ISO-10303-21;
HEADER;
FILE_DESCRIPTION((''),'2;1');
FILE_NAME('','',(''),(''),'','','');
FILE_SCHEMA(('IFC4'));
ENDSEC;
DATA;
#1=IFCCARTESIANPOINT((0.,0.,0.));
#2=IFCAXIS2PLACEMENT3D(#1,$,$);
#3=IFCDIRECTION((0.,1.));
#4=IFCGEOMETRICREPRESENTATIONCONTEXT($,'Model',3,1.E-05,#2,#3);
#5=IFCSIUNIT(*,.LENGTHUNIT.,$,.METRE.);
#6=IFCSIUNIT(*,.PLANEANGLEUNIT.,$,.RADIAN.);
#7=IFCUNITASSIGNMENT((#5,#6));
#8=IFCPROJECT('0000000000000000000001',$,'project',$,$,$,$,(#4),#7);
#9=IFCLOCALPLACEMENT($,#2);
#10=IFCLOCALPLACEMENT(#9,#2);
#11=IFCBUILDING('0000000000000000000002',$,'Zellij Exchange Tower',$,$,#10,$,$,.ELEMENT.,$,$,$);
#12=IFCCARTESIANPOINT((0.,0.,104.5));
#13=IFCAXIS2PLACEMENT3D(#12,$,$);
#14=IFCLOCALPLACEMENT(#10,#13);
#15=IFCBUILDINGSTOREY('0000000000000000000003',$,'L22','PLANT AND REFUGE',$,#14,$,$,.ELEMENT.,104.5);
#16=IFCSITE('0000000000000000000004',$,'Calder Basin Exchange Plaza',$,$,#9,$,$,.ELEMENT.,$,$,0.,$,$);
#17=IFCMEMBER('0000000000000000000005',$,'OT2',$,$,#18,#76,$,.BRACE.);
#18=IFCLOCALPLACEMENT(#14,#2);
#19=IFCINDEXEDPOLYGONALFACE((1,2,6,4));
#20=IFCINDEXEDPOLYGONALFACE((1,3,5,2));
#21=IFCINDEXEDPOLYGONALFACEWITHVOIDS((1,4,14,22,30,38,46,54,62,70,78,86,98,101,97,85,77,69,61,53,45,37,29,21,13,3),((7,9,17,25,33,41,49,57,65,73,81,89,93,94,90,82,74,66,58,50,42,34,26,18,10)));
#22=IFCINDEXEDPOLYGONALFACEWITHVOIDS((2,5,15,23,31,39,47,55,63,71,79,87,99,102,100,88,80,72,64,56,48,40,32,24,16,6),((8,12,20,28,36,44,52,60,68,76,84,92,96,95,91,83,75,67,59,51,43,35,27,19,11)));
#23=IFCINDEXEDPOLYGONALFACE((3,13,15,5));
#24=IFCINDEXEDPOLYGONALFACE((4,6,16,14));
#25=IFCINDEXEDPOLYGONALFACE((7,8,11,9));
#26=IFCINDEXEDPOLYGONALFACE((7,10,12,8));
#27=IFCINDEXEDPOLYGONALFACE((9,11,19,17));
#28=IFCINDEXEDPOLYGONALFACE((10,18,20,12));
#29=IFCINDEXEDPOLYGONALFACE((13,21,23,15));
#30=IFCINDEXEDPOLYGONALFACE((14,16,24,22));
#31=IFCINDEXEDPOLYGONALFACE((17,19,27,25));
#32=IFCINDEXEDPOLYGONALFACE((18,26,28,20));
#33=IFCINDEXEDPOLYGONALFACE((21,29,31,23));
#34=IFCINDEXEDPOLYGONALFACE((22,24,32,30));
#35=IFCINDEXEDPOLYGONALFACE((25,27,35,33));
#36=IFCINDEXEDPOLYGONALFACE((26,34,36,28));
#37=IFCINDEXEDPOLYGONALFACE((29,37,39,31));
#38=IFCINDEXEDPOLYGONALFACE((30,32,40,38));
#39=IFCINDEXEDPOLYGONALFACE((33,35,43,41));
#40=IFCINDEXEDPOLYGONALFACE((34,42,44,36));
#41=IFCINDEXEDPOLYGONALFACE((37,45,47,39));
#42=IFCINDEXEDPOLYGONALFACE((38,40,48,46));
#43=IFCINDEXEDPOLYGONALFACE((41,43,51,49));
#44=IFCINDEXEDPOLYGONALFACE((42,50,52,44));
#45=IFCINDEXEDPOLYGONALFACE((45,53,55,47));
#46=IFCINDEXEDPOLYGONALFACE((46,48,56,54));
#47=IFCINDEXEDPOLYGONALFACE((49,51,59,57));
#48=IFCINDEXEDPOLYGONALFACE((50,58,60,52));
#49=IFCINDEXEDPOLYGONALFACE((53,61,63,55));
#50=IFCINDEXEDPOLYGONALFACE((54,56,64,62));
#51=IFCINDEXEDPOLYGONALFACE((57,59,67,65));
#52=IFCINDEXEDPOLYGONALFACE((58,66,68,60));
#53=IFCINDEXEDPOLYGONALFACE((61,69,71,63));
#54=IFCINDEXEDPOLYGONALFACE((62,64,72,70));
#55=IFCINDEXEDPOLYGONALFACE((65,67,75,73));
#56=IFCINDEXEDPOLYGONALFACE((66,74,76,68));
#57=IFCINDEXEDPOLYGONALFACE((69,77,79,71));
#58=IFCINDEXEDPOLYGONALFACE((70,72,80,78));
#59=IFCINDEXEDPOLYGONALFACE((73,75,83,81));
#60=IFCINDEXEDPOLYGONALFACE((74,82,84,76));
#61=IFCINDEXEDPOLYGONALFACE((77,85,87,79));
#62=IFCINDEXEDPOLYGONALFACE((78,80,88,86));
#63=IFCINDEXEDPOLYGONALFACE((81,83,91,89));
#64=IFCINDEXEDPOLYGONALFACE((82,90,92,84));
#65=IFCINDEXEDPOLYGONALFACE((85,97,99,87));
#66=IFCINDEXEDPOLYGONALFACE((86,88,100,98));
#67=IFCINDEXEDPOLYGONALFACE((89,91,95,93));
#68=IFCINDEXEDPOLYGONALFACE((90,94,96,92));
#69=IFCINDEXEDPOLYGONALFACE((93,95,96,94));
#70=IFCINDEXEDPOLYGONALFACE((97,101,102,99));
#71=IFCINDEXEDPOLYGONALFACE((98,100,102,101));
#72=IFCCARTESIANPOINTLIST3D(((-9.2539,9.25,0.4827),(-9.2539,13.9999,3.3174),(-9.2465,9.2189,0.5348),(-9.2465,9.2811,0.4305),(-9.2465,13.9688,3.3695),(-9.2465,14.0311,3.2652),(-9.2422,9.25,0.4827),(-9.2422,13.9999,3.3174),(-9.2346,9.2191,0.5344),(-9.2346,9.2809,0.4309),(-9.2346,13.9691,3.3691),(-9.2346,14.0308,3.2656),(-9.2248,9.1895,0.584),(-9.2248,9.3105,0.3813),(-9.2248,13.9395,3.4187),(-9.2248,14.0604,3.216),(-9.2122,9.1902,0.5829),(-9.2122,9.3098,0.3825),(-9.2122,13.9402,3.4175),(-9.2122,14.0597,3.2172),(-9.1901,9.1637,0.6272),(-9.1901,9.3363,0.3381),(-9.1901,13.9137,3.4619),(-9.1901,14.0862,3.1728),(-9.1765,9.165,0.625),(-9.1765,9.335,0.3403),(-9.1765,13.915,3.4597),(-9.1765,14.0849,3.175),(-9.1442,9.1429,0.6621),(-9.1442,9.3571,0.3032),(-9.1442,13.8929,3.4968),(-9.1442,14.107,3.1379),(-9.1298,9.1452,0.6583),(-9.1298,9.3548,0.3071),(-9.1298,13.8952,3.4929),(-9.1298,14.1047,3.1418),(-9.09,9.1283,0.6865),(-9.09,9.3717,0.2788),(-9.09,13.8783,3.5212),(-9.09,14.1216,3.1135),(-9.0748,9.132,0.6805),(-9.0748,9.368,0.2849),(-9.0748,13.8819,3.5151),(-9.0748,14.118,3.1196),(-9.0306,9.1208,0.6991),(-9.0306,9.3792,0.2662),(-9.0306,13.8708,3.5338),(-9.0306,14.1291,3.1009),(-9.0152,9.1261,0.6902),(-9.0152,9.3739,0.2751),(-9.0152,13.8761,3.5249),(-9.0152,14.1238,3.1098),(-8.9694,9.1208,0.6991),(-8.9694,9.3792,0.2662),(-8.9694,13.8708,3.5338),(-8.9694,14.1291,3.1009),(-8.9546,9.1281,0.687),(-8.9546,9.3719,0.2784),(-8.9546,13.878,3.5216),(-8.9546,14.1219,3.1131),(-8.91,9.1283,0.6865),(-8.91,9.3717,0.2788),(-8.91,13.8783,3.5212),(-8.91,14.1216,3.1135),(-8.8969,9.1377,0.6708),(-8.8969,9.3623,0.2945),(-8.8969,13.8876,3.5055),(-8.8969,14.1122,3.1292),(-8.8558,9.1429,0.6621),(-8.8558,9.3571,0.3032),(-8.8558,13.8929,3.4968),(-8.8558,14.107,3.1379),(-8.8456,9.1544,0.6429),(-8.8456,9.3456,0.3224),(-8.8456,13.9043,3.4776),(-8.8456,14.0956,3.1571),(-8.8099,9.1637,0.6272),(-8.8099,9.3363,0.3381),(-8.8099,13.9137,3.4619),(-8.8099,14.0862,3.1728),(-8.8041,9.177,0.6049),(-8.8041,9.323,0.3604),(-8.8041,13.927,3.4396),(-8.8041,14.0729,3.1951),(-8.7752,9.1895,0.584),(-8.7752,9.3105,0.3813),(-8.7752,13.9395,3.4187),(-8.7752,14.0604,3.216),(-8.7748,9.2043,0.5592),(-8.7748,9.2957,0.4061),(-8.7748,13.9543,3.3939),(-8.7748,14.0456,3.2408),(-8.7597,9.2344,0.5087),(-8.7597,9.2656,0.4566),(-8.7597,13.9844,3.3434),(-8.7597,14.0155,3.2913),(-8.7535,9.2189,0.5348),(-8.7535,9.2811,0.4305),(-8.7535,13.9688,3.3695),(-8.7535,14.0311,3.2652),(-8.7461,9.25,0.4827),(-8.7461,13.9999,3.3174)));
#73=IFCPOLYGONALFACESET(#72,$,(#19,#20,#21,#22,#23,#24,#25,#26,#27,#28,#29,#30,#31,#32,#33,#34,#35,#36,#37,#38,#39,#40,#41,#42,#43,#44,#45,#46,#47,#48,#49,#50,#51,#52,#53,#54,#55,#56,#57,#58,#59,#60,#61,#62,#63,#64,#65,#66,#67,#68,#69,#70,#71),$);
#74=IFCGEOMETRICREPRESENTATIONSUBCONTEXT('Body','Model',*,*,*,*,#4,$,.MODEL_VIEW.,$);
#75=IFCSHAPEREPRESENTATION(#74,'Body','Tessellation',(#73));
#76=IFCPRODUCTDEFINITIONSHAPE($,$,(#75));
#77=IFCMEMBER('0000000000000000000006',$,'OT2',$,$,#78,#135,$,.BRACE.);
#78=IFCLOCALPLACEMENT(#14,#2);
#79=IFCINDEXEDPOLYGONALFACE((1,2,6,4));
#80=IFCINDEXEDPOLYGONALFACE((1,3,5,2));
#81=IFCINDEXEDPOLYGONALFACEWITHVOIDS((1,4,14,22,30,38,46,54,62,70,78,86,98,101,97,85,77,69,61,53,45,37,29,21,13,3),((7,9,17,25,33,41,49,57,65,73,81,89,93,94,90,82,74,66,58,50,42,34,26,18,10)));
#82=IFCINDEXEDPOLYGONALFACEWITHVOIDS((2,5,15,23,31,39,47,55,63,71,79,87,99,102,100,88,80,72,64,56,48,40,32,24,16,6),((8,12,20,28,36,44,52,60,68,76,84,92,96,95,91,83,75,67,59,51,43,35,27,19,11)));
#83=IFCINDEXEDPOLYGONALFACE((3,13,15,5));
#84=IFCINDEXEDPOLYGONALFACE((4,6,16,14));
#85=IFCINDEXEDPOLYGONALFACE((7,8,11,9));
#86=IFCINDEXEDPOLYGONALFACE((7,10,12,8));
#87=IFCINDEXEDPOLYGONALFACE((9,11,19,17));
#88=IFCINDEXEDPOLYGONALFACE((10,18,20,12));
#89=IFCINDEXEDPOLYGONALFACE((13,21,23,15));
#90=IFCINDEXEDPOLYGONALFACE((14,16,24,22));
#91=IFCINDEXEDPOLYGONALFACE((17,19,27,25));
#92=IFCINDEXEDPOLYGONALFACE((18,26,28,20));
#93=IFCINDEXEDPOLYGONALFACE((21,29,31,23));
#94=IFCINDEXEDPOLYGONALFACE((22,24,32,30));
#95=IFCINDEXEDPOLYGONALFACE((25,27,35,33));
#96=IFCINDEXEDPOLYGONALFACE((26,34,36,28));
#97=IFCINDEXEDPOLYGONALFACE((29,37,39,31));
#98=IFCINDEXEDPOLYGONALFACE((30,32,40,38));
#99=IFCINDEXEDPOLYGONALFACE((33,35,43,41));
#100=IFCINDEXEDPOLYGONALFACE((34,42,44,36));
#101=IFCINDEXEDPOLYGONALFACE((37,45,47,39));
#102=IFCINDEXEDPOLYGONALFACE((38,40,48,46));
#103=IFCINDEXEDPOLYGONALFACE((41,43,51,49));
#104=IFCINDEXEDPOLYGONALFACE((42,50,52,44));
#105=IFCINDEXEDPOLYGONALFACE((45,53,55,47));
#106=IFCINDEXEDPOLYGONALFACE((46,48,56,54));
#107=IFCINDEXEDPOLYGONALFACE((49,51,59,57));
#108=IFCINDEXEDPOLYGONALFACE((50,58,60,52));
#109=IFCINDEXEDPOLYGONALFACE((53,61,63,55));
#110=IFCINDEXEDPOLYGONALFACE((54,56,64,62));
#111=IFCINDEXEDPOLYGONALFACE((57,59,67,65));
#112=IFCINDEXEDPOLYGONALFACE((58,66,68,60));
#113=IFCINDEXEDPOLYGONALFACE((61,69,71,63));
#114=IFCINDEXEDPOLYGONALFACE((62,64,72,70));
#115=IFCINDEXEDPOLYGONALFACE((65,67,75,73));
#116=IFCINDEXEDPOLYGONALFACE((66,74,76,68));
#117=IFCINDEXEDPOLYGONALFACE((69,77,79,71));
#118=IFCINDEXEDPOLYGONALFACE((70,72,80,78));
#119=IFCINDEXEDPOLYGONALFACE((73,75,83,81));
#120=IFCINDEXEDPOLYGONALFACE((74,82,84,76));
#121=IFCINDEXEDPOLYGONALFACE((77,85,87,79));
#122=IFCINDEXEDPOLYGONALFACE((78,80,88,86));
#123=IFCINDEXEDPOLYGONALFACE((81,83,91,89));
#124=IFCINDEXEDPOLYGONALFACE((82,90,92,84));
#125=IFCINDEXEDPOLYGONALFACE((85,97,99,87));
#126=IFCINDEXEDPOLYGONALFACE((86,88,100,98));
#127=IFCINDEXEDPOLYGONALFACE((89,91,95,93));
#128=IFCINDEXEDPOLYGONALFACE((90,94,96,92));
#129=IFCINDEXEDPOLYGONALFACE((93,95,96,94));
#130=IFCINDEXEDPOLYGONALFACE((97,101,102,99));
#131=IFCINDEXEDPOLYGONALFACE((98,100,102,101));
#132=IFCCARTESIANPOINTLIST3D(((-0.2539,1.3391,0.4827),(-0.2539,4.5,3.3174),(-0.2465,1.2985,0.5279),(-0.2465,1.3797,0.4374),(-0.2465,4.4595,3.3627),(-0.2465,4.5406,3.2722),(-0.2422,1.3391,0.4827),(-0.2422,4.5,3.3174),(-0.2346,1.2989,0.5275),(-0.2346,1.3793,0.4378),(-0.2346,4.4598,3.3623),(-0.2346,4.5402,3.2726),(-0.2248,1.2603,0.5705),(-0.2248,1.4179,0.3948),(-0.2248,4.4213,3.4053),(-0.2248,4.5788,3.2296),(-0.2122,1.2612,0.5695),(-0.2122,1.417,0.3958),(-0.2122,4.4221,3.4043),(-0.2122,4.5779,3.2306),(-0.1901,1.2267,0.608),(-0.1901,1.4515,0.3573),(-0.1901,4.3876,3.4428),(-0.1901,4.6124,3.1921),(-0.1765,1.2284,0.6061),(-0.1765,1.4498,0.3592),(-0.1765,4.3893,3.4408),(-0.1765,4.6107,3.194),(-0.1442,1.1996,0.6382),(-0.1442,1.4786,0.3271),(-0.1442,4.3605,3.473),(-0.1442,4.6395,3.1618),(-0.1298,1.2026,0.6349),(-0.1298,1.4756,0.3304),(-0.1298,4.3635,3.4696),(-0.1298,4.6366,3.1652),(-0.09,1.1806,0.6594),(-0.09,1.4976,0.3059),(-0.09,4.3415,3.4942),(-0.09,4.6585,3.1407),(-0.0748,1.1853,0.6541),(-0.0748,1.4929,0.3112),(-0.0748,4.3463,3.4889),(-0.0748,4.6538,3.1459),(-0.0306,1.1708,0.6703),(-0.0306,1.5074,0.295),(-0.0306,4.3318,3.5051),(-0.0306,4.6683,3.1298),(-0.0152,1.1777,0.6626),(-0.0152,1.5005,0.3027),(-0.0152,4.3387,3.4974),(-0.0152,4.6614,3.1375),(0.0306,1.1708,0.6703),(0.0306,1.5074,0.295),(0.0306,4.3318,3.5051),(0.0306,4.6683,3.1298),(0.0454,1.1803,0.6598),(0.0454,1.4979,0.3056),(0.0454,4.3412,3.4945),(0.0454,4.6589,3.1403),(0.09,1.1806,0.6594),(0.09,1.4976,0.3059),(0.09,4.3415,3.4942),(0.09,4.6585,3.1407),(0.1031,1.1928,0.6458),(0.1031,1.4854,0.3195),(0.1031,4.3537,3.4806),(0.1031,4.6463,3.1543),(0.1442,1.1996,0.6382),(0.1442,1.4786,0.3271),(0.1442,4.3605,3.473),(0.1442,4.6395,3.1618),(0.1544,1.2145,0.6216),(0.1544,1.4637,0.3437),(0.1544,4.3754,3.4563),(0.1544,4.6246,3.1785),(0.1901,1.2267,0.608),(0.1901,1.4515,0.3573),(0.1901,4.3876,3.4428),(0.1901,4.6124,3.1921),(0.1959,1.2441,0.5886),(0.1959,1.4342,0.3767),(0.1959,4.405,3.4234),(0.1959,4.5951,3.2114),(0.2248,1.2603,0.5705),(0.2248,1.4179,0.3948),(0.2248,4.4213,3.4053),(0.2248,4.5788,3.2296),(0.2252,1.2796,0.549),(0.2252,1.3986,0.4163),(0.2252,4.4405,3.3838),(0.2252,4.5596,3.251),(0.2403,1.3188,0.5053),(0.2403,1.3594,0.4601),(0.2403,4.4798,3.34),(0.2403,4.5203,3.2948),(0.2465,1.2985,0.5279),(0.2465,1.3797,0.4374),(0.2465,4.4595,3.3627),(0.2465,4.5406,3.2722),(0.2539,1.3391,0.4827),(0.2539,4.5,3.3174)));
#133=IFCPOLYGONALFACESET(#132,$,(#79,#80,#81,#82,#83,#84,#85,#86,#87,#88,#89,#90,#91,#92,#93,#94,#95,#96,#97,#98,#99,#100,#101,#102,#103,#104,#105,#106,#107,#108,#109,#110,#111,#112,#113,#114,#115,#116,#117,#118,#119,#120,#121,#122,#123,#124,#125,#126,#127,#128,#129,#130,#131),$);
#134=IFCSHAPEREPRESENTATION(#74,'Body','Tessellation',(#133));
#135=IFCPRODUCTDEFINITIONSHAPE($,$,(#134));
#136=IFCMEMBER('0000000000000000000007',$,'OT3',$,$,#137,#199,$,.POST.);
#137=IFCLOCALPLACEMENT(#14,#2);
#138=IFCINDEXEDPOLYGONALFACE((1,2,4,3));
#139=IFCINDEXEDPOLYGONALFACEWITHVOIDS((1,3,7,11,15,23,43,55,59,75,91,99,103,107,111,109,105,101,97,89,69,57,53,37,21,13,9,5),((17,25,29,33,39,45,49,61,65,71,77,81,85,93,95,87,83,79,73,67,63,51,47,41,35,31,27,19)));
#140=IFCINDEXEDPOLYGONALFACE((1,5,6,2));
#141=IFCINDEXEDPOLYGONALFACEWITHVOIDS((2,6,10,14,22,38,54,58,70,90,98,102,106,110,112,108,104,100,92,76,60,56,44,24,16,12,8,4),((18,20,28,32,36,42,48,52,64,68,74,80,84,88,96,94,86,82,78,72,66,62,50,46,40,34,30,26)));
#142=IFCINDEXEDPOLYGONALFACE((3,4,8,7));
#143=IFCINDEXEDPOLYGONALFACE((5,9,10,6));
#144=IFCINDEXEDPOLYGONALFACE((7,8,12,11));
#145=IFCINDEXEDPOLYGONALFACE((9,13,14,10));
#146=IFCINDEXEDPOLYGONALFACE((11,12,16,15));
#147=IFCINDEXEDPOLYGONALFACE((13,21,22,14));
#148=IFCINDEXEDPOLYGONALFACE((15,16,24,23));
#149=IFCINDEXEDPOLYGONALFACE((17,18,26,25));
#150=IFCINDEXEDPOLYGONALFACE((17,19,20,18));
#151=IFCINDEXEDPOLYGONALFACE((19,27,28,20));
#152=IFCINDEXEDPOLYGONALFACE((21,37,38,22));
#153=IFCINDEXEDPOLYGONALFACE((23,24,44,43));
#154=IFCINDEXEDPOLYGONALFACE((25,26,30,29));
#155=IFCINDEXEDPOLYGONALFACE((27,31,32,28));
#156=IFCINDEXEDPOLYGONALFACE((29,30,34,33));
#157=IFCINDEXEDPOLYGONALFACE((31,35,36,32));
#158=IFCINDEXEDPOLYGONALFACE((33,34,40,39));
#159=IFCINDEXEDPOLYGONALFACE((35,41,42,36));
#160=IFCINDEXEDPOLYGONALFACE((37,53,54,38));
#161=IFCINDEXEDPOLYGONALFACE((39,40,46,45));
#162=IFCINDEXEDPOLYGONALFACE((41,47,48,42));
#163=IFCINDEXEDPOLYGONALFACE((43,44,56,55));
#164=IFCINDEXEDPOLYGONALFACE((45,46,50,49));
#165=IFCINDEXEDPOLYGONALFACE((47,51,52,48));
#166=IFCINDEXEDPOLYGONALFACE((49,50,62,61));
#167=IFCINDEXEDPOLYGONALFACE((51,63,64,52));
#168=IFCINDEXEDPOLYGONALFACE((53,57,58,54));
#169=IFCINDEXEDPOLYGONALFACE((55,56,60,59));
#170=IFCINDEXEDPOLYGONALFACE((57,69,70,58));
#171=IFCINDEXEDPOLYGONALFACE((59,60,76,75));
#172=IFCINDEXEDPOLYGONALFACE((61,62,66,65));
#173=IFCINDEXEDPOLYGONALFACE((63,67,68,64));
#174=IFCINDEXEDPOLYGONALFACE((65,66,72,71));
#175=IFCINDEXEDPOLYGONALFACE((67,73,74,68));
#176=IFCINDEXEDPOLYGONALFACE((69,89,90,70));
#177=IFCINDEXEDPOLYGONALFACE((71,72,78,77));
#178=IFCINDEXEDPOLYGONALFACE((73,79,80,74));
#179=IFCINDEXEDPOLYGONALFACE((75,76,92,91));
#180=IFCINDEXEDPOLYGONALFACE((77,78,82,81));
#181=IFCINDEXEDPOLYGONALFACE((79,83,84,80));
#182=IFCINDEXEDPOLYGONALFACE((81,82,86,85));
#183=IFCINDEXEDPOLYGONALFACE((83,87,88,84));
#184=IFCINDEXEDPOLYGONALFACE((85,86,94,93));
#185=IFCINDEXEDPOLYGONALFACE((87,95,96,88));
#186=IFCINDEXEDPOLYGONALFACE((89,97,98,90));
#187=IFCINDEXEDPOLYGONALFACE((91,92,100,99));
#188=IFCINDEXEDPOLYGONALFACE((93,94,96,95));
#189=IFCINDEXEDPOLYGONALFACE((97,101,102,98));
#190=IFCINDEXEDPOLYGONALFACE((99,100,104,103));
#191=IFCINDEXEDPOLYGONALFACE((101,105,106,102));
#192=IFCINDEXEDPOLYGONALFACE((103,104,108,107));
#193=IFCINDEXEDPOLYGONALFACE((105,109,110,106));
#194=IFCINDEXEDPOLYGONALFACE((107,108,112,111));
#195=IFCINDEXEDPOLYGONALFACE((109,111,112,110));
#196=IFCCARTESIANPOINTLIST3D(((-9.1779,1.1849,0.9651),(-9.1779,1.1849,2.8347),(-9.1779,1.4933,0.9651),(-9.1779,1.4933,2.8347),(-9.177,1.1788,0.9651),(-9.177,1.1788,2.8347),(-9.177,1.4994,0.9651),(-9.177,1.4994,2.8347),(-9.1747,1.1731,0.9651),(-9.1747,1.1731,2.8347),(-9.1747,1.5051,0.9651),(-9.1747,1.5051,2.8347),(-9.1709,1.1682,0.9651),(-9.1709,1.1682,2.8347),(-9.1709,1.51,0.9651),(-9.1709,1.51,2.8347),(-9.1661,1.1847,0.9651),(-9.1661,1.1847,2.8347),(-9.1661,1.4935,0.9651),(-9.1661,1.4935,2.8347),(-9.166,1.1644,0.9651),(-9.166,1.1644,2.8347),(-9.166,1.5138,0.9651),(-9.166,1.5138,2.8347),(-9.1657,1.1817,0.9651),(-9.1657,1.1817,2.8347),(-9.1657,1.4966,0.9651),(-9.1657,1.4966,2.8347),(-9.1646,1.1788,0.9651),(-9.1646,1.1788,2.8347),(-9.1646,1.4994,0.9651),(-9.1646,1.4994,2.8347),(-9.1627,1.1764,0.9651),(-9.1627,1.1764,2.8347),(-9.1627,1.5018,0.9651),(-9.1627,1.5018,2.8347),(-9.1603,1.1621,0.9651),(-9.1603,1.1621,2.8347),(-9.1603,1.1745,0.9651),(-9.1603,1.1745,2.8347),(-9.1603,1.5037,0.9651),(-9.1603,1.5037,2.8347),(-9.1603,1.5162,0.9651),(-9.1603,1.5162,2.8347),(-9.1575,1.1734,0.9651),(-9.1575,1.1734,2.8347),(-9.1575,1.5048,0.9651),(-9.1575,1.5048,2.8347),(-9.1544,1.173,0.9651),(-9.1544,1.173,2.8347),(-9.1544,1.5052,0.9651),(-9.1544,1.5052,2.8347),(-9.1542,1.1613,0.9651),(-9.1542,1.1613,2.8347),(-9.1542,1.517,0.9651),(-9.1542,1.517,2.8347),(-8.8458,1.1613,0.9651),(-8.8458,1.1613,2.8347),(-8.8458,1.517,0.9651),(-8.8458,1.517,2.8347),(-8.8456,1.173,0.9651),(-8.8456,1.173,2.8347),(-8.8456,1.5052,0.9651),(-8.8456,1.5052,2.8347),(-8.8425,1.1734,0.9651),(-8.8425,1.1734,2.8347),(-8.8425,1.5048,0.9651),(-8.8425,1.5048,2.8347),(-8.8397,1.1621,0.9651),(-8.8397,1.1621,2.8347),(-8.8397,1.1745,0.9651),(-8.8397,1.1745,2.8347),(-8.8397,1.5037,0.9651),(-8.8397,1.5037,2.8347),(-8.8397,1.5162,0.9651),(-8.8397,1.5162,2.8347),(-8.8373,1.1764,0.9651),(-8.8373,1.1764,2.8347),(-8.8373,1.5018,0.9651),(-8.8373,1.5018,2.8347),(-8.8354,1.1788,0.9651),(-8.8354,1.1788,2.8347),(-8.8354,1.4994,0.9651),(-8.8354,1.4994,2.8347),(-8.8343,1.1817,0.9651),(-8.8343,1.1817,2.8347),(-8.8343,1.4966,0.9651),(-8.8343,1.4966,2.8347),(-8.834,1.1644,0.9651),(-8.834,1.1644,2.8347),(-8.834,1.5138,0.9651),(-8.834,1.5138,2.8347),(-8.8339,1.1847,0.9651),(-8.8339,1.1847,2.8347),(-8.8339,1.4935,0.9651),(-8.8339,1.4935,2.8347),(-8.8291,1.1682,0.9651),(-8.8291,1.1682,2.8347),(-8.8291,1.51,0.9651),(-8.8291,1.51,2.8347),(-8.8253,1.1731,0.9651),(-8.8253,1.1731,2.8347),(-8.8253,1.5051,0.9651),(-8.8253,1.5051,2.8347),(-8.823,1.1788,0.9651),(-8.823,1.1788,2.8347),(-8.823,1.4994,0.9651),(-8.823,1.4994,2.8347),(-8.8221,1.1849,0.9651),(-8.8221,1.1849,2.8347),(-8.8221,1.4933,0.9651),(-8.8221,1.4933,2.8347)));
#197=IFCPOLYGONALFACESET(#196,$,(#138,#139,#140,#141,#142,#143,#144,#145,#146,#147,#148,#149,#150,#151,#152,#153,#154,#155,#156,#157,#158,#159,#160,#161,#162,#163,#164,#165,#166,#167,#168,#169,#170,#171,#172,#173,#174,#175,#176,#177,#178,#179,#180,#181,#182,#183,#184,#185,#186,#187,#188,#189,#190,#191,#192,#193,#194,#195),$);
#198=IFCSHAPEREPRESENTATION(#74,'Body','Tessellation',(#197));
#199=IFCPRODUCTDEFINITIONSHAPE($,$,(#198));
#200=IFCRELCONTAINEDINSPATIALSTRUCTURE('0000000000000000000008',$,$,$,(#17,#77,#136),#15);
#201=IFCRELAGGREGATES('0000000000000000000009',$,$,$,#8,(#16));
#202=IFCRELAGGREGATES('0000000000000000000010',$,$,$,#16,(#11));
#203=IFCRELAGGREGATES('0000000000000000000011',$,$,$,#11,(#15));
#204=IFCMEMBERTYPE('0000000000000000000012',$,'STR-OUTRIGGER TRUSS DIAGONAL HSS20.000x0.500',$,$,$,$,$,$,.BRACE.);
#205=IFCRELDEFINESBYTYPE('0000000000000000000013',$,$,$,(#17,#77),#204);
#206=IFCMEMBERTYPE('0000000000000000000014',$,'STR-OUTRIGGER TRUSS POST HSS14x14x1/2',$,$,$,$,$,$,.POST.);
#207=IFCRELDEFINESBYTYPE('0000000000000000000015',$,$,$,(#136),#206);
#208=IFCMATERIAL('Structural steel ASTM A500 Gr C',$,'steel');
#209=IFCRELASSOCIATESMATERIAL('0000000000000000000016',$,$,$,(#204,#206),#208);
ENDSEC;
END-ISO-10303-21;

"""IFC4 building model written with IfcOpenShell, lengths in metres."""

from ifc_helpers import new_model, si_unit, direction, frame, origin, origin_2d, place, context, subcontext, project, spatial, hollow_rectangle, hollow_circle, extrude, material, material_profile, profile_set, type_object, element, save


model = new_model("IFC4")

# Units and contexts
model_context = context("Model", 3, precision=1e-05, world=origin(), true_north=direction((0.0, 1.0)))
body_context = subcontext(model_context, "Body", "Model", "MODEL_VIEW")
ifc_project = project(units=[si_unit("LENGTHUNIT", "METRE"), si_unit("PLANEANGLEUNIT", "RADIAN")], contexts=[model_context])

# Site, building, storey
site_placement = place(None, origin())
site = spatial("IfcSite", under=ifc_project, at=site_placement, Name="Calder Basin Exchange Plaza", CompositionType="ELEMENT", RefElevation=0.0)
building_placement = place(site_placement, origin())
building = spatial("IfcBuilding", under=site, at=building_placement, Name="Zellij Exchange Tower", CompositionType="ELEMENT")
storey_placement = place(building_placement, frame((0.0, 0.0, 104.5)))
storey = spatial("IfcBuildingStorey", under=building, at=storey_placement, Name="L22", Description="PLANT AND REFUGE", CompositionType="ELEMENT", Elevation=104.5)

# Members
ifc_material_1 = material(Name="Structural steel ASTM A500 Gr C", Category="steel")
ifc_material_profile_1 = material_profile(ifc_material_1, hollow_circle(Radius=0.2539, WallThickness=0.0117, at=origin_2d()), Name="STR-OUTRIGGER TRUSS DIAGONAL HSS20.000x0.500")
ifc_profile_set_1 = profile_set([ifc_material_profile_1], Name="Structural steel ASTM A500 Gr C")
member_type_1 = type_object("IfcMemberType", Name="STR-OUTRIGGER TRUSS DIAGONAL HSS20.000x0.500", PredefinedType="BRACE", material=ifc_profile_set_1)
for number, where, z_axis, x_axis, name in (
    (1, (-9.0, 9.25, 0.4827), (0.0, 0.858709, 0.512463), (-1.0, 0.0, 0.0), "OT2"),
):
    element("IfcMember", number, at=place(storey_placement, frame(where, z_axis=z_axis, x_axis=x_axis)), inside=storey, type_object=member_type_1, Name=name, PredefinedType="BRACE", context=body_context, shape_type="SweptSolid", body=[
        extrude(hollow_circle(Radius=0.2539, WallThickness=0.0117, at=origin_2d()), origin(), (0.0, 0.0, 1.0), 5.5315),
    ])
member_1_placement = place(storey_placement, frame((0.0, 1.3391, 0.4827), z_axis=(0.0, 0.744474, 0.667652), x_axis=(-1.0, 0.0, 0.0)))
element("IfcMember", 2, at=member_1_placement, inside=storey, type_object=member_type_1, Name="OT2", PredefinedType="BRACE", context=body_context, shape_type="SweptSolid", body=[
    extrude(hollow_circle(Radius=0.2539, WallThickness=0.0117, at=origin_2d()), origin(), (0.0, 0.0, 1.0), 4.2458),
])
ifc_material_profile_2 = material_profile(ifc_material_1, hollow_rectangle(XDim=0.3557, YDim=0.3557, WallThickness=0.0117, InnerFilletRadius=0.0117, OuterFilletRadius=0.0237, at=origin_2d()), Name="STR-OUTRIGGER TRUSS POST HSS14x14x1/2")
ifc_profile_set_2 = profile_set([ifc_material_profile_2], Name="Structural steel ASTM A500 Gr C")
member_type_2 = type_object("IfcMemberType", Name="STR-OUTRIGGER TRUSS POST HSS14x14x1/2", PredefinedType="POST", material=ifc_profile_set_2)
for number, where, z_axis, x_axis, name in (
    (3, (-9.0, 1.3391, 0.9651), (0.0, 0.0, 1.0), (1.0, 0.0, 0.0), "OT3"),
):
    element("IfcMember", number, at=place(storey_placement, frame(where, z_axis=z_axis, x_axis=x_axis)), inside=storey, type_object=member_type_2, Name=name, PredefinedType="POST", context=body_context, shape_type="SweptSolid", body=[
        extrude(hollow_rectangle(XDim=0.3557, YDim=0.3557, WallThickness=0.0117, InnerFilletRadius=0.0117, OuterFilletRadius=0.0237, at=origin_2d()), origin(), (0.0, 0.0, 1.0), 1.8696),
    ])

save(model, "model.ifc")
